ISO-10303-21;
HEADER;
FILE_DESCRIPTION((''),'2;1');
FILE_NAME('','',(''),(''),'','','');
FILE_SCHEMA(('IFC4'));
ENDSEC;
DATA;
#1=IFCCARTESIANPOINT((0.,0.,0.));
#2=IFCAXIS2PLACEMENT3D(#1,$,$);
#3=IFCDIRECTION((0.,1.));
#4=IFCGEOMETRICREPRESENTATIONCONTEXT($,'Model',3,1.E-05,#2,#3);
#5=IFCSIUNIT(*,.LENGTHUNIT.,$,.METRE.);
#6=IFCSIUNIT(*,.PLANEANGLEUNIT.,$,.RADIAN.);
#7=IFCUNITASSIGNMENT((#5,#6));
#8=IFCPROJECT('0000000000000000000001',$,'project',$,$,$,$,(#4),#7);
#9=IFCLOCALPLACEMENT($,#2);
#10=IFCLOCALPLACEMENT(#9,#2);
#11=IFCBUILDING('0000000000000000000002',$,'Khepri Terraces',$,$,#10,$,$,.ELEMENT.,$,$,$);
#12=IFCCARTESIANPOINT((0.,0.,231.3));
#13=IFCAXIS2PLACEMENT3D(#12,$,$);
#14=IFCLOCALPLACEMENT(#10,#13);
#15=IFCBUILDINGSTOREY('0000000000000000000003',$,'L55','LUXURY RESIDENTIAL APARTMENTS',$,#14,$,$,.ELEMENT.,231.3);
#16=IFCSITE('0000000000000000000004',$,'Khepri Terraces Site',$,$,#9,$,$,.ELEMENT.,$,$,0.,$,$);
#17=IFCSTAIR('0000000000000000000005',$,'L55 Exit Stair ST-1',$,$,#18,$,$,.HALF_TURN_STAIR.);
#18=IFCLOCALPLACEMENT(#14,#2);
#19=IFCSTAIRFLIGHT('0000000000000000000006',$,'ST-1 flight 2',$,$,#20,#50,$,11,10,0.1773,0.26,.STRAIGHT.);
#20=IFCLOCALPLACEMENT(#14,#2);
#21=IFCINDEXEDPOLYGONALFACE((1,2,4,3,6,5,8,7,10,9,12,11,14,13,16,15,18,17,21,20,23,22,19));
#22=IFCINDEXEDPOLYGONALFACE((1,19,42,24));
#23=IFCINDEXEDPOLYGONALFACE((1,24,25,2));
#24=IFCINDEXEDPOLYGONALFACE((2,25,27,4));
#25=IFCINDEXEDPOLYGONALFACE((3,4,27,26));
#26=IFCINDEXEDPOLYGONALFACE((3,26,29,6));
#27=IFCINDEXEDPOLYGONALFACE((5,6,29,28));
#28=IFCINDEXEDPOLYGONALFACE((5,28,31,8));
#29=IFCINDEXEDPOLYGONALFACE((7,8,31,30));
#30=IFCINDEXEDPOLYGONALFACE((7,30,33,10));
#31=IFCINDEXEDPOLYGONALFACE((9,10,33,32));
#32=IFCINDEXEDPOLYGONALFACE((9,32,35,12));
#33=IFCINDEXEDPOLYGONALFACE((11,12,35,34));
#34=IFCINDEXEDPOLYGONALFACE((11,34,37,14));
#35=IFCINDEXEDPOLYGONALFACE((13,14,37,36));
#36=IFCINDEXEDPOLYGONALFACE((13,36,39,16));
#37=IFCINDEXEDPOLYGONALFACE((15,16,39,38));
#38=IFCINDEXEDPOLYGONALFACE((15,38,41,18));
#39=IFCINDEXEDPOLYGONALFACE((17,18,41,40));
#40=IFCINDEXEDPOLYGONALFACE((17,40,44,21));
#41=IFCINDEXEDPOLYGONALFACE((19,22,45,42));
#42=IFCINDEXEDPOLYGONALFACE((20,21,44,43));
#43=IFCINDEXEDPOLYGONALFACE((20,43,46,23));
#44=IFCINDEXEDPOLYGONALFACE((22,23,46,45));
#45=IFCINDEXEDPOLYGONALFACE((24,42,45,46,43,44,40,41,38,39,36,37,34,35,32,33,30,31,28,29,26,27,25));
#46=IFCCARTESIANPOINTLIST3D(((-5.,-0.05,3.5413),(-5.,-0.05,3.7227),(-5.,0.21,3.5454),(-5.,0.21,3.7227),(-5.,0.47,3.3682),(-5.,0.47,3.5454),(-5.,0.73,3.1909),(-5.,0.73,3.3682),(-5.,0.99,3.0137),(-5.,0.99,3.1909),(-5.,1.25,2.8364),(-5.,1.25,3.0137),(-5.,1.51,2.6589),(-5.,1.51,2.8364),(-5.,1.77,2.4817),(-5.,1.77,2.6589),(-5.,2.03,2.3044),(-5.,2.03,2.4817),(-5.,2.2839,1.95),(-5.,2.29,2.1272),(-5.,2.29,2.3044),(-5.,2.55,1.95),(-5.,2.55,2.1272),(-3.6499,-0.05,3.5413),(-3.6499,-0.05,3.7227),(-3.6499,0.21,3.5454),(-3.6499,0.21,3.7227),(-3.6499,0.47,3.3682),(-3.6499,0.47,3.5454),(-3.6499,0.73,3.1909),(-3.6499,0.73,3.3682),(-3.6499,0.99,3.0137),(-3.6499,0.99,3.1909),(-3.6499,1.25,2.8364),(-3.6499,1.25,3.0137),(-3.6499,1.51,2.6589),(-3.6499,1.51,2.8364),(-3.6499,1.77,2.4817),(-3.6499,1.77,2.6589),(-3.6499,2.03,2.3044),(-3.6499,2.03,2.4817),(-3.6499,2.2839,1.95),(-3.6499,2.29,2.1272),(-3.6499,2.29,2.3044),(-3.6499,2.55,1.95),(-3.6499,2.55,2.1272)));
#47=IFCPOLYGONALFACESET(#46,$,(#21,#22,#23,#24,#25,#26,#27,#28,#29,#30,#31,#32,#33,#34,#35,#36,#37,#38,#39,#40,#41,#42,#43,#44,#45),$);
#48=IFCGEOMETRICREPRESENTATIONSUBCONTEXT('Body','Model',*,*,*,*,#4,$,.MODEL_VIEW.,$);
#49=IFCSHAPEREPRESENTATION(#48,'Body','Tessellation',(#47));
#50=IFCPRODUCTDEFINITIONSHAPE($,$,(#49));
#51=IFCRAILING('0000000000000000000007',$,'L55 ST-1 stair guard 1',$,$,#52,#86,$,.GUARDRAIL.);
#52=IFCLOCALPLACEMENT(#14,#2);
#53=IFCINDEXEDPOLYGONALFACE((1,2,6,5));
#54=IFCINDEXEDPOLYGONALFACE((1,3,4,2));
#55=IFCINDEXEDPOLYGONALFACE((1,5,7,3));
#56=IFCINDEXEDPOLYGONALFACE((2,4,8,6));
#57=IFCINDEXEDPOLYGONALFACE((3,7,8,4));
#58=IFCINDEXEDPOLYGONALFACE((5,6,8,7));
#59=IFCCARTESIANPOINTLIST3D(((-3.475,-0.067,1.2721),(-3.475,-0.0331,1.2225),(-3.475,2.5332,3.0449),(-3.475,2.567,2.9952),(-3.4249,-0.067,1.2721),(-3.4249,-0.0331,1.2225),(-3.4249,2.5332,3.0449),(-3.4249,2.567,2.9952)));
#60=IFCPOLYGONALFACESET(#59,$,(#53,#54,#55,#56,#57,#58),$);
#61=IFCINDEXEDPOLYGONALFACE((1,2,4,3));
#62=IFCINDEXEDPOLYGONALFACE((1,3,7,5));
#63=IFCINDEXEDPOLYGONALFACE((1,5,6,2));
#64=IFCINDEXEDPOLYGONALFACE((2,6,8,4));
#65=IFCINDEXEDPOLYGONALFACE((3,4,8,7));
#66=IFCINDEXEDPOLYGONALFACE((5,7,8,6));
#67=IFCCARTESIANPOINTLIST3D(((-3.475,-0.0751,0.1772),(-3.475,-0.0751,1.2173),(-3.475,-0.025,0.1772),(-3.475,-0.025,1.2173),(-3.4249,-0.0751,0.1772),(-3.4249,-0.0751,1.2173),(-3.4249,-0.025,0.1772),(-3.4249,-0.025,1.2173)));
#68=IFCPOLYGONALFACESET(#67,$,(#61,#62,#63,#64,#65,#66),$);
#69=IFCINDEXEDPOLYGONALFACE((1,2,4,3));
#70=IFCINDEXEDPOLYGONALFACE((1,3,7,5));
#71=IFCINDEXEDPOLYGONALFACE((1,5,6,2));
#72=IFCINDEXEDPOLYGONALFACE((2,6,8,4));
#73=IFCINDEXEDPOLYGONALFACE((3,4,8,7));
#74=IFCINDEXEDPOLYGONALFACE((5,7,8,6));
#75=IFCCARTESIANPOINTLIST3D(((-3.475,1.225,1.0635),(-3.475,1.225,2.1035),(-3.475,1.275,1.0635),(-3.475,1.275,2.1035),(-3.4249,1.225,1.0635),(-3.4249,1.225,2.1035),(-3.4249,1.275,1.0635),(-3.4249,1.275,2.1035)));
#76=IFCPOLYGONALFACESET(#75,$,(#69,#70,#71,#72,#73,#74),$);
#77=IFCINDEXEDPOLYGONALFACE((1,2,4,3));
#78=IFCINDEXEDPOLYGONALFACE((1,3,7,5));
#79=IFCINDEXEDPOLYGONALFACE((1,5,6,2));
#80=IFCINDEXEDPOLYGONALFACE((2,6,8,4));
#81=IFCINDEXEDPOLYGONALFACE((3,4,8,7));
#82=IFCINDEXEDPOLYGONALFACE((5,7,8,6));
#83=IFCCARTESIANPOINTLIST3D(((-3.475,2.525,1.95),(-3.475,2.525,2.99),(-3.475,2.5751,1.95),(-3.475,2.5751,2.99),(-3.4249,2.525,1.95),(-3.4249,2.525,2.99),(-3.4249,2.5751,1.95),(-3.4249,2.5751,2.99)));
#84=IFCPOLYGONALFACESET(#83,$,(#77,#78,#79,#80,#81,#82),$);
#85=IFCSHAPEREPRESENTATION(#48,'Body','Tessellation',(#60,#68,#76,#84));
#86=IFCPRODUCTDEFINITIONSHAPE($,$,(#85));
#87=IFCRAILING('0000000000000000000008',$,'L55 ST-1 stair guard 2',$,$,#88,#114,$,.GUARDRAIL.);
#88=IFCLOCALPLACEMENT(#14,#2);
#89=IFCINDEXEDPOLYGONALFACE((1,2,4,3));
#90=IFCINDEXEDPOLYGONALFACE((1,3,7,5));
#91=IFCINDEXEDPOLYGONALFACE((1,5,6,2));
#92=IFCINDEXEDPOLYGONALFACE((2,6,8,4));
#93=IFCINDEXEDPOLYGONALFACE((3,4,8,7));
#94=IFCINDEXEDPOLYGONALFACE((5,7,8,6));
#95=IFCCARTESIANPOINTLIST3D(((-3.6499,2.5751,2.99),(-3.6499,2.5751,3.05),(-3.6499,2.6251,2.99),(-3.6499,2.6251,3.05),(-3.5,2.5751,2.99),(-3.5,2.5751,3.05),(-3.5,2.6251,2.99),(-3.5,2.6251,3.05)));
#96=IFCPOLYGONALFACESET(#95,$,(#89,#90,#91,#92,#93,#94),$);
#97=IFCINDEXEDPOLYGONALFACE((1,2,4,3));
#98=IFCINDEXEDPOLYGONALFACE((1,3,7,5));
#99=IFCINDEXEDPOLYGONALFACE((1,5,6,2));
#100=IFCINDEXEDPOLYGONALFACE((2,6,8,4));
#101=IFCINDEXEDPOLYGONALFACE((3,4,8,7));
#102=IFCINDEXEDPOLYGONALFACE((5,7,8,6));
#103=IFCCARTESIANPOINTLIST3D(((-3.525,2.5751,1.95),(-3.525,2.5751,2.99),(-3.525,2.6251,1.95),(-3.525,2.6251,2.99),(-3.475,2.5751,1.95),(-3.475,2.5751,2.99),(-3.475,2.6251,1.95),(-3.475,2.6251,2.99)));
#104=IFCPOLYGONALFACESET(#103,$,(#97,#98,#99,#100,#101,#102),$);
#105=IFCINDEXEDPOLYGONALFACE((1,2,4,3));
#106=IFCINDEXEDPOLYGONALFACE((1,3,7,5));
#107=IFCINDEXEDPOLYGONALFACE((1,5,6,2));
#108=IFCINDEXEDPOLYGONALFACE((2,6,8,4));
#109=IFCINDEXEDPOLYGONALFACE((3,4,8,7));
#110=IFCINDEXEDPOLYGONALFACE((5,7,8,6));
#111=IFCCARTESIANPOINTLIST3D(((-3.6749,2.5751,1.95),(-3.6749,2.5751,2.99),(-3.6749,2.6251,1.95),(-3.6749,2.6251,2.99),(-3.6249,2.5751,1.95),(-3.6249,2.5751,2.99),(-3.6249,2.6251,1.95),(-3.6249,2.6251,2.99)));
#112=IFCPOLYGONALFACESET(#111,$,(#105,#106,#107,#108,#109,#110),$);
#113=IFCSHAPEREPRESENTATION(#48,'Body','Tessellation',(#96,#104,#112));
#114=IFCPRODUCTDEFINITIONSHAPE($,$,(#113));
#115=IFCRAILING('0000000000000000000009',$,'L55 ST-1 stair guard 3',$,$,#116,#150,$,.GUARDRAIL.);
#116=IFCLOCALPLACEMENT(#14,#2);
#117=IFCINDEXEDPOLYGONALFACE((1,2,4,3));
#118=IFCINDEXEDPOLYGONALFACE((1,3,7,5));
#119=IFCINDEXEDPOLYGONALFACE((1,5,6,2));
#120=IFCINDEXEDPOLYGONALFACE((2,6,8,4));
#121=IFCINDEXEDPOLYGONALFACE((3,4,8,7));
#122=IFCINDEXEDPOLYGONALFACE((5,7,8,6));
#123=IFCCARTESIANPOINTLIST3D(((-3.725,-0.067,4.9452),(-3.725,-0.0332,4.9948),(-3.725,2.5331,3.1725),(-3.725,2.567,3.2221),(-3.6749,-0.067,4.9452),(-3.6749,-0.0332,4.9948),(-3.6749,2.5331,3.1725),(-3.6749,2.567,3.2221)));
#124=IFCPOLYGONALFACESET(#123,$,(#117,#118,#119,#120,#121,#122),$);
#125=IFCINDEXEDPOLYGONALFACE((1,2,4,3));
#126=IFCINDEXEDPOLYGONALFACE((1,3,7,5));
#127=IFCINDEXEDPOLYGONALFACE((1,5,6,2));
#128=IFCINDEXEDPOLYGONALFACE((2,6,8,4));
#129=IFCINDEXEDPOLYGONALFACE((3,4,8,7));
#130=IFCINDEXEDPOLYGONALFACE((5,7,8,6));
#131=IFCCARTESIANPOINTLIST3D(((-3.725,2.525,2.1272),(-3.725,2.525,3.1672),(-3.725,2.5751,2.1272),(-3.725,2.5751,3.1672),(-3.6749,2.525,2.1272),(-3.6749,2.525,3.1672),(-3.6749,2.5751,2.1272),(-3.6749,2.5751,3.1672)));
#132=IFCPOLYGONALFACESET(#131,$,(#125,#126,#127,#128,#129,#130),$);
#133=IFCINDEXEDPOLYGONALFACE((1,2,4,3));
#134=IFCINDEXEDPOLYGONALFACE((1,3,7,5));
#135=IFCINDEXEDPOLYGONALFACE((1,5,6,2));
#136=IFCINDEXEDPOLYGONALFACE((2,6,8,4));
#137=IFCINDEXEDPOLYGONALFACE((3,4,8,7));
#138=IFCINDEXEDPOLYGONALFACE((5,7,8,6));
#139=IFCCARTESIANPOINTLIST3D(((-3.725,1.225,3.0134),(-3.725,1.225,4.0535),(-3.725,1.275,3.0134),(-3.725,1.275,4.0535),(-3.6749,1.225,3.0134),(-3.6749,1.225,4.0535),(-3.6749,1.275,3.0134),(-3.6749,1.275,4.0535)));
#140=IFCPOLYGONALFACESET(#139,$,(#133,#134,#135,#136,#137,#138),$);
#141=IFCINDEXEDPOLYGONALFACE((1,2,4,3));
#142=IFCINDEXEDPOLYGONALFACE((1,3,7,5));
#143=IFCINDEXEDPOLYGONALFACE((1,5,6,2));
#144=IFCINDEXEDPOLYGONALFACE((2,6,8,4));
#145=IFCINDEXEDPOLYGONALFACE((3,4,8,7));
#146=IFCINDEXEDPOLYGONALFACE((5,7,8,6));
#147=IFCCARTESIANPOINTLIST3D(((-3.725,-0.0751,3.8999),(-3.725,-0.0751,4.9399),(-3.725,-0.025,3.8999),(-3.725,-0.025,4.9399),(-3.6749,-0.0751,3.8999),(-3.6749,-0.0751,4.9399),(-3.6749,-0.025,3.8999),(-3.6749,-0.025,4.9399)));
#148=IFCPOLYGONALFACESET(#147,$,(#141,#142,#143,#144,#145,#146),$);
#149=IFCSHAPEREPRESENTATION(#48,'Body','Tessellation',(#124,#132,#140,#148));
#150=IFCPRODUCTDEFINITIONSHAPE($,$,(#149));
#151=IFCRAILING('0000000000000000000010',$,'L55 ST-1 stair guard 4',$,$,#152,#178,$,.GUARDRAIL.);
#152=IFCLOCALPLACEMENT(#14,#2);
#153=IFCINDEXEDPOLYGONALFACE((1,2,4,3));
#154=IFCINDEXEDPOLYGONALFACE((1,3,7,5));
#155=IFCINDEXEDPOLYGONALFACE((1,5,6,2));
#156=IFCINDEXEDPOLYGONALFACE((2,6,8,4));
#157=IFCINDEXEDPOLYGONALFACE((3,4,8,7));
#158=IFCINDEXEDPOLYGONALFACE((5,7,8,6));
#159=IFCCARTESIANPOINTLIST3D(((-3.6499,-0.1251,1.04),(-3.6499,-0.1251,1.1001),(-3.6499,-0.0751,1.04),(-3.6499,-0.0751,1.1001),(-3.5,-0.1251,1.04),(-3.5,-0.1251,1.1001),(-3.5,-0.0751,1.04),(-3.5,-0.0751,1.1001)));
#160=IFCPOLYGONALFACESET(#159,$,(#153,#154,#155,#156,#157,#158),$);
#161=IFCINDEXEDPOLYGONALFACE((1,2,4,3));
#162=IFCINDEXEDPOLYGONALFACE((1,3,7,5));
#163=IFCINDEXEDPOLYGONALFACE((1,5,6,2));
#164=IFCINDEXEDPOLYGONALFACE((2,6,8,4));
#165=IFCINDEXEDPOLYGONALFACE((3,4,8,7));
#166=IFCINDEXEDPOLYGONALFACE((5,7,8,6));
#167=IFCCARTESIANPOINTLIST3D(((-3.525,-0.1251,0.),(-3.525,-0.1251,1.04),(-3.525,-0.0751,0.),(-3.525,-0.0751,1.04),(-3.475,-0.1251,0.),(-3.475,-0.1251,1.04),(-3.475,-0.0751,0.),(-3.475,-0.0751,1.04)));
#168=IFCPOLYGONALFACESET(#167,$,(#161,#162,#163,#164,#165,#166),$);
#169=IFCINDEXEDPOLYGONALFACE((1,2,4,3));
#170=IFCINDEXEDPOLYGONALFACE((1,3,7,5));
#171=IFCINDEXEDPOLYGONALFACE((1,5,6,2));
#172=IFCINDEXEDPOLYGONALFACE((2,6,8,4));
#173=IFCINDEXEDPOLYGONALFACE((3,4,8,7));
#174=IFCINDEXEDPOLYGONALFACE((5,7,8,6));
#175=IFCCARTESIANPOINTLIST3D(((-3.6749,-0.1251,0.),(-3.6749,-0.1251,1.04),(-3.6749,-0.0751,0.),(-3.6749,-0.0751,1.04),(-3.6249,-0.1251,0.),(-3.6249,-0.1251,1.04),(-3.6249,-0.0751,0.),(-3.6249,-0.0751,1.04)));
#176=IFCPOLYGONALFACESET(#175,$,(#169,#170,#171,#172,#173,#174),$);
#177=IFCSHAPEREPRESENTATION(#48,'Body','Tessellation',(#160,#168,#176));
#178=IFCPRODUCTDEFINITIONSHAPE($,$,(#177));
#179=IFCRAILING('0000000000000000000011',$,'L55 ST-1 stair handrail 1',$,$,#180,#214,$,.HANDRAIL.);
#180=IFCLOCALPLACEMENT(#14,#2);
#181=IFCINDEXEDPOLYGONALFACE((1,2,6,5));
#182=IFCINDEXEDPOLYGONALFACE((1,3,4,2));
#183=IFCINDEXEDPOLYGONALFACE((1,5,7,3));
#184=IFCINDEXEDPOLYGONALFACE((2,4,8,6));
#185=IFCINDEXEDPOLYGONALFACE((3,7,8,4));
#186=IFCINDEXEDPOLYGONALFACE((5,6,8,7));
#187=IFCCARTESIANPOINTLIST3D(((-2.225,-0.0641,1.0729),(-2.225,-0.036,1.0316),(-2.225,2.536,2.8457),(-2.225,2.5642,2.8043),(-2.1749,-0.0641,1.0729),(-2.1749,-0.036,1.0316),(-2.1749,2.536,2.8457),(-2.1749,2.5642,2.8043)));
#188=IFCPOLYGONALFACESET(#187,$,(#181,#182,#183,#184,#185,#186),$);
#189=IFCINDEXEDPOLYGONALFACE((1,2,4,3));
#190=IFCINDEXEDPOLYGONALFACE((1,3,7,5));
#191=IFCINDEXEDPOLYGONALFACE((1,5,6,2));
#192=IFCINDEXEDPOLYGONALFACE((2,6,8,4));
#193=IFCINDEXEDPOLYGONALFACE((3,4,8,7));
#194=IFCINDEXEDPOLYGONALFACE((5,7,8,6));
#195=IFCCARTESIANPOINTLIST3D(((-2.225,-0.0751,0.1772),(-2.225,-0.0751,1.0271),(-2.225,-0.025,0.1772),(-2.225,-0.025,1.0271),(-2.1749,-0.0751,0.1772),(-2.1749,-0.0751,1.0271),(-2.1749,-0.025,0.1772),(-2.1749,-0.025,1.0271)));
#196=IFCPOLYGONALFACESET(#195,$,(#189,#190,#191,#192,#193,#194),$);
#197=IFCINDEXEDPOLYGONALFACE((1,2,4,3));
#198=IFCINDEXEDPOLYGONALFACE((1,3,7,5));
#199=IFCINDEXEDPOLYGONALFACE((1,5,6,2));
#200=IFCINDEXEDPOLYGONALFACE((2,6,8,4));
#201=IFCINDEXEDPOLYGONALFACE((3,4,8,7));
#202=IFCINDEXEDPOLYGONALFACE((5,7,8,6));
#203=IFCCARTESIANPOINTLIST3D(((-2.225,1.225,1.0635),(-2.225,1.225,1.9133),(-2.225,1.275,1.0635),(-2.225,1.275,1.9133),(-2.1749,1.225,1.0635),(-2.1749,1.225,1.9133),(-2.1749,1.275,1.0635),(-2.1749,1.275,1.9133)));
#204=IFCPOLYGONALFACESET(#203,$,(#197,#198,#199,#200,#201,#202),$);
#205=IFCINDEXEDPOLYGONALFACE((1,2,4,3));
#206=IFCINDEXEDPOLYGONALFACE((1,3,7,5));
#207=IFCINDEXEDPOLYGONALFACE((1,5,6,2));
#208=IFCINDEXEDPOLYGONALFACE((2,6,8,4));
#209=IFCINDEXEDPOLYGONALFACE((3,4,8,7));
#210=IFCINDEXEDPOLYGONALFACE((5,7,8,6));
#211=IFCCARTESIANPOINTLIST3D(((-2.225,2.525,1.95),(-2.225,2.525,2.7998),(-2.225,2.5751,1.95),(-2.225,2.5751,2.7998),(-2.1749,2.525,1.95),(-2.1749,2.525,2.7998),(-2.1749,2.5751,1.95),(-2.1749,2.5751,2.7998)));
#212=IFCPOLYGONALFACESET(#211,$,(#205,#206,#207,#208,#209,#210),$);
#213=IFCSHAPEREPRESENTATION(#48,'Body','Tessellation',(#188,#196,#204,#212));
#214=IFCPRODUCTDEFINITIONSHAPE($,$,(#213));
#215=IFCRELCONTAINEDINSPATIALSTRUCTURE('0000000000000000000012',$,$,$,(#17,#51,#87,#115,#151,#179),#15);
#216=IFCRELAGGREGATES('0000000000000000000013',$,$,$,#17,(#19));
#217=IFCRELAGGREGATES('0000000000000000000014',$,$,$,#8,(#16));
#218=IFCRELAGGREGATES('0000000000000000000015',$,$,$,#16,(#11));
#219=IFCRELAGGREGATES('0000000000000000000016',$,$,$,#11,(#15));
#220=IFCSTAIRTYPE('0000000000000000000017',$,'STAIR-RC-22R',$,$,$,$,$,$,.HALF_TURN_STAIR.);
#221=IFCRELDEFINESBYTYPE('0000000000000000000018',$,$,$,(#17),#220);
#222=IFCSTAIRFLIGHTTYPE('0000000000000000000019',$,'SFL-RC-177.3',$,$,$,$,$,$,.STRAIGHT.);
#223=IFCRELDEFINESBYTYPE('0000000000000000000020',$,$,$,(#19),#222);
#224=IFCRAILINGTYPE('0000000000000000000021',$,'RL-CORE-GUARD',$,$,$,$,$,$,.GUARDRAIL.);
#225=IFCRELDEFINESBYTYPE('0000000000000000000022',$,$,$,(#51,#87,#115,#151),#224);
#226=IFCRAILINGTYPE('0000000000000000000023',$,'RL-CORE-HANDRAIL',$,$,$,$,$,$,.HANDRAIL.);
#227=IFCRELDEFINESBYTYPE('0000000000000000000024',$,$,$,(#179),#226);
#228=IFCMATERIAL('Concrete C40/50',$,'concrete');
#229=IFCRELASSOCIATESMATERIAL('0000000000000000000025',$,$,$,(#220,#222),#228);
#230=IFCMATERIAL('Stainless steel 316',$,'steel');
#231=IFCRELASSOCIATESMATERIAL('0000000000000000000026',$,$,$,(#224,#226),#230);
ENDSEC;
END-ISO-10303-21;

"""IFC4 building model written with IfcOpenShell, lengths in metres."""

from ifc_helpers import new_model, si_unit, direction, frame, origin, origin_2d, place, context, subcontext, project, spatial, polyline, rectangle, outline, extrude, material, type_object, element, aggregate, save


model = new_model("IFC4")

# Units and contexts
model_context = context("Model", 3, precision=1e-05, world=origin(), true_north=direction((0.0, 1.0)))
body_context = subcontext(model_context, "Body", "Model", "MODEL_VIEW")
ifc_project = project(units=[si_unit("LENGTHUNIT", "METRE"), si_unit("PLANEANGLEUNIT", "RADIAN")], contexts=[model_context])

# Site, building, storey
site_placement = place(None, origin())
site = spatial("IfcSite", under=ifc_project, at=site_placement, Name="Khepri Terraces Site", CompositionType="ELEMENT", RefElevation=0.0)
building_placement = place(site_placement, origin())
building = spatial("IfcBuilding", under=site, at=building_placement, Name="Khepri Terraces", CompositionType="ELEMENT")
storey_placement = place(building_placement, frame((0.0, 0.0, 231.3)))
storey = spatial("IfcBuildingStorey", under=building, at=storey_placement, Name="L55", Description="LUXURY RESIDENTIAL APARTMENTS", CompositionType="ELEMENT", Elevation=231.3)

# Stair, stair flight
ifc_material_1 = material(Name="Concrete C40/50", Category="concrete")
stair_type = type_object("IfcStairType", Name="STAIR-RC-22R", PredefinedType="HALF_TURN_STAIR", material=ifc_material_1)
stair_placement = place(storey_placement, origin())
stair = element("IfcStair", 1, at=stair_placement, inside=storey, type_object=stair_type, Name="L55 Exit Stair ST-1", PredefinedType="HALF_TURN_STAIR")
stair_flight_type = type_object("IfcStairFlightType", Name="SFL-RC-177.3", PredefinedType="STRAIGHT", material=ifc_material_1)
stair_flight_1_placement = place(storey_placement, frame((-4.325, 2.55, 1.95), z_axis=(0.0, 0.0, 1.0), x_axis=(0.0, -1.0, 0.0)))
stair_flight_1 = element("IfcStairFlight", 2, at=stair_flight_1_placement, type_object=stair_flight_type, Name="ST-1 flight 2", NumberOfRisers=11, NumberOfTreads=10, PredefinedType="STRAIGHT", RiserHeight=0.1773, TreadLength=0.26, context=body_context, shape_type="SweptSolid", body=[
    extrude(outline(polyline([(0.0, 0.0), (0.0, 0.1772), (0.26, 0.1772), (0.26, 0.3545), (0.52, 0.3545), (0.52, 0.5317), (0.78, 0.5317), (0.78, 0.709), (1.04, 0.709), (1.04, 0.8865), (1.3, 0.8865), (1.3, 1.0637), (1.5601, 1.0637), (1.5601, 1.241), (1.8201, 1.241), (1.8201, 1.4182), (2.0801, 1.4182), (2.0801, 1.5955), (2.3401, 1.5955), (2.3401, 1.7727), (2.6001, 1.7727), (2.6001, 1.95), (2.6001, 1.5913), (0.2661, 0.0), (0.0, 0.0)])), frame((0.0, 0.675, 0.0), z_axis=(0.0, -1.0, 0.0), x_axis=(1.0, 0.0, 0.0)), (0.0, 0.0, 1.0), 1.3501),
])
aggregate(stair, [stair_flight_1])

# Railings
ifc_material_2 = material(Name="Stainless steel 316", Category="steel")
railing_type_1 = type_object("IfcRailingType", Name="RL-CORE-GUARD", PredefinedType="GUARDRAIL", material=ifc_material_2)
railing_1_placement = place(storey_placement, frame((-3.45, -0.05, 0.1772)))
element("IfcRailing", 3, at=railing_1_placement, inside=storey, type_object=railing_type_1, Name="L55 ST-1 stair guard 1", PredefinedType="GUARDRAIL", context=body_context, shape_type="SweptSolid", body=[
    extrude(rectangle(XDim=0.05, YDim=0.0601, at=origin_2d()), frame((0.0, 0.0, 1.0701), z_axis=(0.0, 0.82624, 0.563318), x_axis=(-1.0, 0.0, 0.0)), (0.0, 0.0, 1.0), 3.147),
    extrude(rectangle(XDim=0.05, YDim=0.05, at=origin_2d()), origin(), (0.0, 0.0, 1.0), 1.04),
    extrude(rectangle(XDim=0.05, YDim=0.05, at=origin_2d()), frame((0.0, 1.3, 0.8862)), (0.0, 0.0, 1.0), 1.04),
    extrude(rectangle(XDim=0.05, YDim=0.05, at=origin_2d()), frame((0.0, 2.6001, 1.7727)), (0.0, 0.0, 1.0), 1.04),
])
railing_2_placement = place(storey_placement, frame((-3.5, 2.6001, 1.95)))
element("IfcRailing", 4, at=railing_2_placement, inside=storey, type_object=railing_type_1, Name="L55 ST-1 stair guard 2", PredefinedType="GUARDRAIL", context=body_context, shape_type="SweptSolid", body=[
    extrude(rectangle(XDim=0.05, YDim=0.0601, at=origin_2d()), frame((0.0, 0.0, 1.0701), z_axis=(-1.0, 0.0, 0.0), x_axis=(0.0, -1.0, 0.0)), (0.0, 0.0, 1.0), 0.1499),
    extrude(rectangle(XDim=0.05, YDim=0.05, at=origin_2d()), origin(), (0.0, 0.0, 1.0), 1.04),
    extrude(rectangle(XDim=0.05, YDim=0.05, at=origin_2d()), frame((-0.1499, 0.0, 0.0)), (0.0, 0.0, 1.0), 1.04),
])
railing_3_placement = place(storey_placement, frame((-3.7, 2.55, 2.1272)))
element("IfcRailing", 5, at=railing_3_placement, inside=storey, type_object=railing_type_1, Name="L55 ST-1 stair guard 3", PredefinedType="GUARDRAIL", context=body_context, shape_type="SweptSolid", body=[
    extrude(rectangle(XDim=0.05, YDim=0.0601, at=origin_2d()), frame((0.0, 0.0, 1.0701), z_axis=(0.0, -0.82624, 0.563318), x_axis=(1.0, 0.0, 0.0)), (0.0, 0.0, 1.0), 3.147),
    extrude(rectangle(XDim=0.05, YDim=0.05, at=origin_2d()), origin(), (0.0, 0.0, 1.0), 1.04),
    extrude(rectangle(XDim=0.05, YDim=0.05, at=origin_2d()), frame((0.0, -1.3, 0.8862)), (0.0, 0.0, 1.0), 1.04),
    extrude(rectangle(XDim=0.05, YDim=0.05, at=origin_2d()), frame((0.0, -2.6001, 1.7727)), (0.0, 0.0, 1.0), 1.04),
])
railing_4_placement = place(storey_placement, frame((-3.5, -0.1001, 0.0)))
element("IfcRailing", 6, at=railing_4_placement, inside=storey, type_object=railing_type_1, Name="L55 ST-1 stair guard 4", PredefinedType="GUARDRAIL", context=body_context, shape_type="SweptSolid", body=[
    extrude(rectangle(XDim=0.05, YDim=0.0601, at=origin_2d()), frame((0.0, 0.0, 1.0701), z_axis=(-1.0, 0.0, 0.0), x_axis=(0.0, -1.0, 0.0)), (0.0, 0.0, 1.0), 0.1499),
    extrude(rectangle(XDim=0.05, YDim=0.05, at=origin_2d()), origin(), (0.0, 0.0, 1.0), 1.04),
    extrude(rectangle(XDim=0.05, YDim=0.05, at=origin_2d()), frame((-0.1499, 0.0, 0.0)), (0.0, 0.0, 1.0), 1.04),
])
railing_type_2 = type_object("IfcRailingType", Name="RL-CORE-HANDRAIL", PredefinedType="HANDRAIL", material=ifc_material_2)
railing_5_placement = place(storey_placement, frame((-2.2, -0.05, 0.1772)))
element("IfcRailing", 7, at=railing_5_placement, inside=storey, type_object=railing_type_2, Name="L55 ST-1 stair handrail 1", PredefinedType="HANDRAIL", context=body_context, shape_type="SweptSolid", body=[
    extrude(rectangle(XDim=0.05, YDim=0.05, at=origin_2d()), frame((0.0, 0.0, 0.875), z_axis=(0.0, 0.82624, 0.563318), x_axis=(-1.0, 0.0, 0.0)), (0.0, 0.0, 1.0), 3.147),
    extrude(rectangle(XDim=0.05, YDim=0.05, at=origin_2d()), origin(), (0.0, 0.0, 1.0), 0.8499),
    extrude(rectangle(XDim=0.05, YDim=0.05, at=origin_2d()), frame((0.0, 1.3, 0.8862)), (0.0, 0.0, 1.0), 0.8499),
    extrude(rectangle(XDim=0.05, YDim=0.05, at=origin_2d()), frame((0.0, 2.6001, 1.7727)), (0.0, 0.0, 1.0), 0.8499),
])

save(model, "model.ifc")
